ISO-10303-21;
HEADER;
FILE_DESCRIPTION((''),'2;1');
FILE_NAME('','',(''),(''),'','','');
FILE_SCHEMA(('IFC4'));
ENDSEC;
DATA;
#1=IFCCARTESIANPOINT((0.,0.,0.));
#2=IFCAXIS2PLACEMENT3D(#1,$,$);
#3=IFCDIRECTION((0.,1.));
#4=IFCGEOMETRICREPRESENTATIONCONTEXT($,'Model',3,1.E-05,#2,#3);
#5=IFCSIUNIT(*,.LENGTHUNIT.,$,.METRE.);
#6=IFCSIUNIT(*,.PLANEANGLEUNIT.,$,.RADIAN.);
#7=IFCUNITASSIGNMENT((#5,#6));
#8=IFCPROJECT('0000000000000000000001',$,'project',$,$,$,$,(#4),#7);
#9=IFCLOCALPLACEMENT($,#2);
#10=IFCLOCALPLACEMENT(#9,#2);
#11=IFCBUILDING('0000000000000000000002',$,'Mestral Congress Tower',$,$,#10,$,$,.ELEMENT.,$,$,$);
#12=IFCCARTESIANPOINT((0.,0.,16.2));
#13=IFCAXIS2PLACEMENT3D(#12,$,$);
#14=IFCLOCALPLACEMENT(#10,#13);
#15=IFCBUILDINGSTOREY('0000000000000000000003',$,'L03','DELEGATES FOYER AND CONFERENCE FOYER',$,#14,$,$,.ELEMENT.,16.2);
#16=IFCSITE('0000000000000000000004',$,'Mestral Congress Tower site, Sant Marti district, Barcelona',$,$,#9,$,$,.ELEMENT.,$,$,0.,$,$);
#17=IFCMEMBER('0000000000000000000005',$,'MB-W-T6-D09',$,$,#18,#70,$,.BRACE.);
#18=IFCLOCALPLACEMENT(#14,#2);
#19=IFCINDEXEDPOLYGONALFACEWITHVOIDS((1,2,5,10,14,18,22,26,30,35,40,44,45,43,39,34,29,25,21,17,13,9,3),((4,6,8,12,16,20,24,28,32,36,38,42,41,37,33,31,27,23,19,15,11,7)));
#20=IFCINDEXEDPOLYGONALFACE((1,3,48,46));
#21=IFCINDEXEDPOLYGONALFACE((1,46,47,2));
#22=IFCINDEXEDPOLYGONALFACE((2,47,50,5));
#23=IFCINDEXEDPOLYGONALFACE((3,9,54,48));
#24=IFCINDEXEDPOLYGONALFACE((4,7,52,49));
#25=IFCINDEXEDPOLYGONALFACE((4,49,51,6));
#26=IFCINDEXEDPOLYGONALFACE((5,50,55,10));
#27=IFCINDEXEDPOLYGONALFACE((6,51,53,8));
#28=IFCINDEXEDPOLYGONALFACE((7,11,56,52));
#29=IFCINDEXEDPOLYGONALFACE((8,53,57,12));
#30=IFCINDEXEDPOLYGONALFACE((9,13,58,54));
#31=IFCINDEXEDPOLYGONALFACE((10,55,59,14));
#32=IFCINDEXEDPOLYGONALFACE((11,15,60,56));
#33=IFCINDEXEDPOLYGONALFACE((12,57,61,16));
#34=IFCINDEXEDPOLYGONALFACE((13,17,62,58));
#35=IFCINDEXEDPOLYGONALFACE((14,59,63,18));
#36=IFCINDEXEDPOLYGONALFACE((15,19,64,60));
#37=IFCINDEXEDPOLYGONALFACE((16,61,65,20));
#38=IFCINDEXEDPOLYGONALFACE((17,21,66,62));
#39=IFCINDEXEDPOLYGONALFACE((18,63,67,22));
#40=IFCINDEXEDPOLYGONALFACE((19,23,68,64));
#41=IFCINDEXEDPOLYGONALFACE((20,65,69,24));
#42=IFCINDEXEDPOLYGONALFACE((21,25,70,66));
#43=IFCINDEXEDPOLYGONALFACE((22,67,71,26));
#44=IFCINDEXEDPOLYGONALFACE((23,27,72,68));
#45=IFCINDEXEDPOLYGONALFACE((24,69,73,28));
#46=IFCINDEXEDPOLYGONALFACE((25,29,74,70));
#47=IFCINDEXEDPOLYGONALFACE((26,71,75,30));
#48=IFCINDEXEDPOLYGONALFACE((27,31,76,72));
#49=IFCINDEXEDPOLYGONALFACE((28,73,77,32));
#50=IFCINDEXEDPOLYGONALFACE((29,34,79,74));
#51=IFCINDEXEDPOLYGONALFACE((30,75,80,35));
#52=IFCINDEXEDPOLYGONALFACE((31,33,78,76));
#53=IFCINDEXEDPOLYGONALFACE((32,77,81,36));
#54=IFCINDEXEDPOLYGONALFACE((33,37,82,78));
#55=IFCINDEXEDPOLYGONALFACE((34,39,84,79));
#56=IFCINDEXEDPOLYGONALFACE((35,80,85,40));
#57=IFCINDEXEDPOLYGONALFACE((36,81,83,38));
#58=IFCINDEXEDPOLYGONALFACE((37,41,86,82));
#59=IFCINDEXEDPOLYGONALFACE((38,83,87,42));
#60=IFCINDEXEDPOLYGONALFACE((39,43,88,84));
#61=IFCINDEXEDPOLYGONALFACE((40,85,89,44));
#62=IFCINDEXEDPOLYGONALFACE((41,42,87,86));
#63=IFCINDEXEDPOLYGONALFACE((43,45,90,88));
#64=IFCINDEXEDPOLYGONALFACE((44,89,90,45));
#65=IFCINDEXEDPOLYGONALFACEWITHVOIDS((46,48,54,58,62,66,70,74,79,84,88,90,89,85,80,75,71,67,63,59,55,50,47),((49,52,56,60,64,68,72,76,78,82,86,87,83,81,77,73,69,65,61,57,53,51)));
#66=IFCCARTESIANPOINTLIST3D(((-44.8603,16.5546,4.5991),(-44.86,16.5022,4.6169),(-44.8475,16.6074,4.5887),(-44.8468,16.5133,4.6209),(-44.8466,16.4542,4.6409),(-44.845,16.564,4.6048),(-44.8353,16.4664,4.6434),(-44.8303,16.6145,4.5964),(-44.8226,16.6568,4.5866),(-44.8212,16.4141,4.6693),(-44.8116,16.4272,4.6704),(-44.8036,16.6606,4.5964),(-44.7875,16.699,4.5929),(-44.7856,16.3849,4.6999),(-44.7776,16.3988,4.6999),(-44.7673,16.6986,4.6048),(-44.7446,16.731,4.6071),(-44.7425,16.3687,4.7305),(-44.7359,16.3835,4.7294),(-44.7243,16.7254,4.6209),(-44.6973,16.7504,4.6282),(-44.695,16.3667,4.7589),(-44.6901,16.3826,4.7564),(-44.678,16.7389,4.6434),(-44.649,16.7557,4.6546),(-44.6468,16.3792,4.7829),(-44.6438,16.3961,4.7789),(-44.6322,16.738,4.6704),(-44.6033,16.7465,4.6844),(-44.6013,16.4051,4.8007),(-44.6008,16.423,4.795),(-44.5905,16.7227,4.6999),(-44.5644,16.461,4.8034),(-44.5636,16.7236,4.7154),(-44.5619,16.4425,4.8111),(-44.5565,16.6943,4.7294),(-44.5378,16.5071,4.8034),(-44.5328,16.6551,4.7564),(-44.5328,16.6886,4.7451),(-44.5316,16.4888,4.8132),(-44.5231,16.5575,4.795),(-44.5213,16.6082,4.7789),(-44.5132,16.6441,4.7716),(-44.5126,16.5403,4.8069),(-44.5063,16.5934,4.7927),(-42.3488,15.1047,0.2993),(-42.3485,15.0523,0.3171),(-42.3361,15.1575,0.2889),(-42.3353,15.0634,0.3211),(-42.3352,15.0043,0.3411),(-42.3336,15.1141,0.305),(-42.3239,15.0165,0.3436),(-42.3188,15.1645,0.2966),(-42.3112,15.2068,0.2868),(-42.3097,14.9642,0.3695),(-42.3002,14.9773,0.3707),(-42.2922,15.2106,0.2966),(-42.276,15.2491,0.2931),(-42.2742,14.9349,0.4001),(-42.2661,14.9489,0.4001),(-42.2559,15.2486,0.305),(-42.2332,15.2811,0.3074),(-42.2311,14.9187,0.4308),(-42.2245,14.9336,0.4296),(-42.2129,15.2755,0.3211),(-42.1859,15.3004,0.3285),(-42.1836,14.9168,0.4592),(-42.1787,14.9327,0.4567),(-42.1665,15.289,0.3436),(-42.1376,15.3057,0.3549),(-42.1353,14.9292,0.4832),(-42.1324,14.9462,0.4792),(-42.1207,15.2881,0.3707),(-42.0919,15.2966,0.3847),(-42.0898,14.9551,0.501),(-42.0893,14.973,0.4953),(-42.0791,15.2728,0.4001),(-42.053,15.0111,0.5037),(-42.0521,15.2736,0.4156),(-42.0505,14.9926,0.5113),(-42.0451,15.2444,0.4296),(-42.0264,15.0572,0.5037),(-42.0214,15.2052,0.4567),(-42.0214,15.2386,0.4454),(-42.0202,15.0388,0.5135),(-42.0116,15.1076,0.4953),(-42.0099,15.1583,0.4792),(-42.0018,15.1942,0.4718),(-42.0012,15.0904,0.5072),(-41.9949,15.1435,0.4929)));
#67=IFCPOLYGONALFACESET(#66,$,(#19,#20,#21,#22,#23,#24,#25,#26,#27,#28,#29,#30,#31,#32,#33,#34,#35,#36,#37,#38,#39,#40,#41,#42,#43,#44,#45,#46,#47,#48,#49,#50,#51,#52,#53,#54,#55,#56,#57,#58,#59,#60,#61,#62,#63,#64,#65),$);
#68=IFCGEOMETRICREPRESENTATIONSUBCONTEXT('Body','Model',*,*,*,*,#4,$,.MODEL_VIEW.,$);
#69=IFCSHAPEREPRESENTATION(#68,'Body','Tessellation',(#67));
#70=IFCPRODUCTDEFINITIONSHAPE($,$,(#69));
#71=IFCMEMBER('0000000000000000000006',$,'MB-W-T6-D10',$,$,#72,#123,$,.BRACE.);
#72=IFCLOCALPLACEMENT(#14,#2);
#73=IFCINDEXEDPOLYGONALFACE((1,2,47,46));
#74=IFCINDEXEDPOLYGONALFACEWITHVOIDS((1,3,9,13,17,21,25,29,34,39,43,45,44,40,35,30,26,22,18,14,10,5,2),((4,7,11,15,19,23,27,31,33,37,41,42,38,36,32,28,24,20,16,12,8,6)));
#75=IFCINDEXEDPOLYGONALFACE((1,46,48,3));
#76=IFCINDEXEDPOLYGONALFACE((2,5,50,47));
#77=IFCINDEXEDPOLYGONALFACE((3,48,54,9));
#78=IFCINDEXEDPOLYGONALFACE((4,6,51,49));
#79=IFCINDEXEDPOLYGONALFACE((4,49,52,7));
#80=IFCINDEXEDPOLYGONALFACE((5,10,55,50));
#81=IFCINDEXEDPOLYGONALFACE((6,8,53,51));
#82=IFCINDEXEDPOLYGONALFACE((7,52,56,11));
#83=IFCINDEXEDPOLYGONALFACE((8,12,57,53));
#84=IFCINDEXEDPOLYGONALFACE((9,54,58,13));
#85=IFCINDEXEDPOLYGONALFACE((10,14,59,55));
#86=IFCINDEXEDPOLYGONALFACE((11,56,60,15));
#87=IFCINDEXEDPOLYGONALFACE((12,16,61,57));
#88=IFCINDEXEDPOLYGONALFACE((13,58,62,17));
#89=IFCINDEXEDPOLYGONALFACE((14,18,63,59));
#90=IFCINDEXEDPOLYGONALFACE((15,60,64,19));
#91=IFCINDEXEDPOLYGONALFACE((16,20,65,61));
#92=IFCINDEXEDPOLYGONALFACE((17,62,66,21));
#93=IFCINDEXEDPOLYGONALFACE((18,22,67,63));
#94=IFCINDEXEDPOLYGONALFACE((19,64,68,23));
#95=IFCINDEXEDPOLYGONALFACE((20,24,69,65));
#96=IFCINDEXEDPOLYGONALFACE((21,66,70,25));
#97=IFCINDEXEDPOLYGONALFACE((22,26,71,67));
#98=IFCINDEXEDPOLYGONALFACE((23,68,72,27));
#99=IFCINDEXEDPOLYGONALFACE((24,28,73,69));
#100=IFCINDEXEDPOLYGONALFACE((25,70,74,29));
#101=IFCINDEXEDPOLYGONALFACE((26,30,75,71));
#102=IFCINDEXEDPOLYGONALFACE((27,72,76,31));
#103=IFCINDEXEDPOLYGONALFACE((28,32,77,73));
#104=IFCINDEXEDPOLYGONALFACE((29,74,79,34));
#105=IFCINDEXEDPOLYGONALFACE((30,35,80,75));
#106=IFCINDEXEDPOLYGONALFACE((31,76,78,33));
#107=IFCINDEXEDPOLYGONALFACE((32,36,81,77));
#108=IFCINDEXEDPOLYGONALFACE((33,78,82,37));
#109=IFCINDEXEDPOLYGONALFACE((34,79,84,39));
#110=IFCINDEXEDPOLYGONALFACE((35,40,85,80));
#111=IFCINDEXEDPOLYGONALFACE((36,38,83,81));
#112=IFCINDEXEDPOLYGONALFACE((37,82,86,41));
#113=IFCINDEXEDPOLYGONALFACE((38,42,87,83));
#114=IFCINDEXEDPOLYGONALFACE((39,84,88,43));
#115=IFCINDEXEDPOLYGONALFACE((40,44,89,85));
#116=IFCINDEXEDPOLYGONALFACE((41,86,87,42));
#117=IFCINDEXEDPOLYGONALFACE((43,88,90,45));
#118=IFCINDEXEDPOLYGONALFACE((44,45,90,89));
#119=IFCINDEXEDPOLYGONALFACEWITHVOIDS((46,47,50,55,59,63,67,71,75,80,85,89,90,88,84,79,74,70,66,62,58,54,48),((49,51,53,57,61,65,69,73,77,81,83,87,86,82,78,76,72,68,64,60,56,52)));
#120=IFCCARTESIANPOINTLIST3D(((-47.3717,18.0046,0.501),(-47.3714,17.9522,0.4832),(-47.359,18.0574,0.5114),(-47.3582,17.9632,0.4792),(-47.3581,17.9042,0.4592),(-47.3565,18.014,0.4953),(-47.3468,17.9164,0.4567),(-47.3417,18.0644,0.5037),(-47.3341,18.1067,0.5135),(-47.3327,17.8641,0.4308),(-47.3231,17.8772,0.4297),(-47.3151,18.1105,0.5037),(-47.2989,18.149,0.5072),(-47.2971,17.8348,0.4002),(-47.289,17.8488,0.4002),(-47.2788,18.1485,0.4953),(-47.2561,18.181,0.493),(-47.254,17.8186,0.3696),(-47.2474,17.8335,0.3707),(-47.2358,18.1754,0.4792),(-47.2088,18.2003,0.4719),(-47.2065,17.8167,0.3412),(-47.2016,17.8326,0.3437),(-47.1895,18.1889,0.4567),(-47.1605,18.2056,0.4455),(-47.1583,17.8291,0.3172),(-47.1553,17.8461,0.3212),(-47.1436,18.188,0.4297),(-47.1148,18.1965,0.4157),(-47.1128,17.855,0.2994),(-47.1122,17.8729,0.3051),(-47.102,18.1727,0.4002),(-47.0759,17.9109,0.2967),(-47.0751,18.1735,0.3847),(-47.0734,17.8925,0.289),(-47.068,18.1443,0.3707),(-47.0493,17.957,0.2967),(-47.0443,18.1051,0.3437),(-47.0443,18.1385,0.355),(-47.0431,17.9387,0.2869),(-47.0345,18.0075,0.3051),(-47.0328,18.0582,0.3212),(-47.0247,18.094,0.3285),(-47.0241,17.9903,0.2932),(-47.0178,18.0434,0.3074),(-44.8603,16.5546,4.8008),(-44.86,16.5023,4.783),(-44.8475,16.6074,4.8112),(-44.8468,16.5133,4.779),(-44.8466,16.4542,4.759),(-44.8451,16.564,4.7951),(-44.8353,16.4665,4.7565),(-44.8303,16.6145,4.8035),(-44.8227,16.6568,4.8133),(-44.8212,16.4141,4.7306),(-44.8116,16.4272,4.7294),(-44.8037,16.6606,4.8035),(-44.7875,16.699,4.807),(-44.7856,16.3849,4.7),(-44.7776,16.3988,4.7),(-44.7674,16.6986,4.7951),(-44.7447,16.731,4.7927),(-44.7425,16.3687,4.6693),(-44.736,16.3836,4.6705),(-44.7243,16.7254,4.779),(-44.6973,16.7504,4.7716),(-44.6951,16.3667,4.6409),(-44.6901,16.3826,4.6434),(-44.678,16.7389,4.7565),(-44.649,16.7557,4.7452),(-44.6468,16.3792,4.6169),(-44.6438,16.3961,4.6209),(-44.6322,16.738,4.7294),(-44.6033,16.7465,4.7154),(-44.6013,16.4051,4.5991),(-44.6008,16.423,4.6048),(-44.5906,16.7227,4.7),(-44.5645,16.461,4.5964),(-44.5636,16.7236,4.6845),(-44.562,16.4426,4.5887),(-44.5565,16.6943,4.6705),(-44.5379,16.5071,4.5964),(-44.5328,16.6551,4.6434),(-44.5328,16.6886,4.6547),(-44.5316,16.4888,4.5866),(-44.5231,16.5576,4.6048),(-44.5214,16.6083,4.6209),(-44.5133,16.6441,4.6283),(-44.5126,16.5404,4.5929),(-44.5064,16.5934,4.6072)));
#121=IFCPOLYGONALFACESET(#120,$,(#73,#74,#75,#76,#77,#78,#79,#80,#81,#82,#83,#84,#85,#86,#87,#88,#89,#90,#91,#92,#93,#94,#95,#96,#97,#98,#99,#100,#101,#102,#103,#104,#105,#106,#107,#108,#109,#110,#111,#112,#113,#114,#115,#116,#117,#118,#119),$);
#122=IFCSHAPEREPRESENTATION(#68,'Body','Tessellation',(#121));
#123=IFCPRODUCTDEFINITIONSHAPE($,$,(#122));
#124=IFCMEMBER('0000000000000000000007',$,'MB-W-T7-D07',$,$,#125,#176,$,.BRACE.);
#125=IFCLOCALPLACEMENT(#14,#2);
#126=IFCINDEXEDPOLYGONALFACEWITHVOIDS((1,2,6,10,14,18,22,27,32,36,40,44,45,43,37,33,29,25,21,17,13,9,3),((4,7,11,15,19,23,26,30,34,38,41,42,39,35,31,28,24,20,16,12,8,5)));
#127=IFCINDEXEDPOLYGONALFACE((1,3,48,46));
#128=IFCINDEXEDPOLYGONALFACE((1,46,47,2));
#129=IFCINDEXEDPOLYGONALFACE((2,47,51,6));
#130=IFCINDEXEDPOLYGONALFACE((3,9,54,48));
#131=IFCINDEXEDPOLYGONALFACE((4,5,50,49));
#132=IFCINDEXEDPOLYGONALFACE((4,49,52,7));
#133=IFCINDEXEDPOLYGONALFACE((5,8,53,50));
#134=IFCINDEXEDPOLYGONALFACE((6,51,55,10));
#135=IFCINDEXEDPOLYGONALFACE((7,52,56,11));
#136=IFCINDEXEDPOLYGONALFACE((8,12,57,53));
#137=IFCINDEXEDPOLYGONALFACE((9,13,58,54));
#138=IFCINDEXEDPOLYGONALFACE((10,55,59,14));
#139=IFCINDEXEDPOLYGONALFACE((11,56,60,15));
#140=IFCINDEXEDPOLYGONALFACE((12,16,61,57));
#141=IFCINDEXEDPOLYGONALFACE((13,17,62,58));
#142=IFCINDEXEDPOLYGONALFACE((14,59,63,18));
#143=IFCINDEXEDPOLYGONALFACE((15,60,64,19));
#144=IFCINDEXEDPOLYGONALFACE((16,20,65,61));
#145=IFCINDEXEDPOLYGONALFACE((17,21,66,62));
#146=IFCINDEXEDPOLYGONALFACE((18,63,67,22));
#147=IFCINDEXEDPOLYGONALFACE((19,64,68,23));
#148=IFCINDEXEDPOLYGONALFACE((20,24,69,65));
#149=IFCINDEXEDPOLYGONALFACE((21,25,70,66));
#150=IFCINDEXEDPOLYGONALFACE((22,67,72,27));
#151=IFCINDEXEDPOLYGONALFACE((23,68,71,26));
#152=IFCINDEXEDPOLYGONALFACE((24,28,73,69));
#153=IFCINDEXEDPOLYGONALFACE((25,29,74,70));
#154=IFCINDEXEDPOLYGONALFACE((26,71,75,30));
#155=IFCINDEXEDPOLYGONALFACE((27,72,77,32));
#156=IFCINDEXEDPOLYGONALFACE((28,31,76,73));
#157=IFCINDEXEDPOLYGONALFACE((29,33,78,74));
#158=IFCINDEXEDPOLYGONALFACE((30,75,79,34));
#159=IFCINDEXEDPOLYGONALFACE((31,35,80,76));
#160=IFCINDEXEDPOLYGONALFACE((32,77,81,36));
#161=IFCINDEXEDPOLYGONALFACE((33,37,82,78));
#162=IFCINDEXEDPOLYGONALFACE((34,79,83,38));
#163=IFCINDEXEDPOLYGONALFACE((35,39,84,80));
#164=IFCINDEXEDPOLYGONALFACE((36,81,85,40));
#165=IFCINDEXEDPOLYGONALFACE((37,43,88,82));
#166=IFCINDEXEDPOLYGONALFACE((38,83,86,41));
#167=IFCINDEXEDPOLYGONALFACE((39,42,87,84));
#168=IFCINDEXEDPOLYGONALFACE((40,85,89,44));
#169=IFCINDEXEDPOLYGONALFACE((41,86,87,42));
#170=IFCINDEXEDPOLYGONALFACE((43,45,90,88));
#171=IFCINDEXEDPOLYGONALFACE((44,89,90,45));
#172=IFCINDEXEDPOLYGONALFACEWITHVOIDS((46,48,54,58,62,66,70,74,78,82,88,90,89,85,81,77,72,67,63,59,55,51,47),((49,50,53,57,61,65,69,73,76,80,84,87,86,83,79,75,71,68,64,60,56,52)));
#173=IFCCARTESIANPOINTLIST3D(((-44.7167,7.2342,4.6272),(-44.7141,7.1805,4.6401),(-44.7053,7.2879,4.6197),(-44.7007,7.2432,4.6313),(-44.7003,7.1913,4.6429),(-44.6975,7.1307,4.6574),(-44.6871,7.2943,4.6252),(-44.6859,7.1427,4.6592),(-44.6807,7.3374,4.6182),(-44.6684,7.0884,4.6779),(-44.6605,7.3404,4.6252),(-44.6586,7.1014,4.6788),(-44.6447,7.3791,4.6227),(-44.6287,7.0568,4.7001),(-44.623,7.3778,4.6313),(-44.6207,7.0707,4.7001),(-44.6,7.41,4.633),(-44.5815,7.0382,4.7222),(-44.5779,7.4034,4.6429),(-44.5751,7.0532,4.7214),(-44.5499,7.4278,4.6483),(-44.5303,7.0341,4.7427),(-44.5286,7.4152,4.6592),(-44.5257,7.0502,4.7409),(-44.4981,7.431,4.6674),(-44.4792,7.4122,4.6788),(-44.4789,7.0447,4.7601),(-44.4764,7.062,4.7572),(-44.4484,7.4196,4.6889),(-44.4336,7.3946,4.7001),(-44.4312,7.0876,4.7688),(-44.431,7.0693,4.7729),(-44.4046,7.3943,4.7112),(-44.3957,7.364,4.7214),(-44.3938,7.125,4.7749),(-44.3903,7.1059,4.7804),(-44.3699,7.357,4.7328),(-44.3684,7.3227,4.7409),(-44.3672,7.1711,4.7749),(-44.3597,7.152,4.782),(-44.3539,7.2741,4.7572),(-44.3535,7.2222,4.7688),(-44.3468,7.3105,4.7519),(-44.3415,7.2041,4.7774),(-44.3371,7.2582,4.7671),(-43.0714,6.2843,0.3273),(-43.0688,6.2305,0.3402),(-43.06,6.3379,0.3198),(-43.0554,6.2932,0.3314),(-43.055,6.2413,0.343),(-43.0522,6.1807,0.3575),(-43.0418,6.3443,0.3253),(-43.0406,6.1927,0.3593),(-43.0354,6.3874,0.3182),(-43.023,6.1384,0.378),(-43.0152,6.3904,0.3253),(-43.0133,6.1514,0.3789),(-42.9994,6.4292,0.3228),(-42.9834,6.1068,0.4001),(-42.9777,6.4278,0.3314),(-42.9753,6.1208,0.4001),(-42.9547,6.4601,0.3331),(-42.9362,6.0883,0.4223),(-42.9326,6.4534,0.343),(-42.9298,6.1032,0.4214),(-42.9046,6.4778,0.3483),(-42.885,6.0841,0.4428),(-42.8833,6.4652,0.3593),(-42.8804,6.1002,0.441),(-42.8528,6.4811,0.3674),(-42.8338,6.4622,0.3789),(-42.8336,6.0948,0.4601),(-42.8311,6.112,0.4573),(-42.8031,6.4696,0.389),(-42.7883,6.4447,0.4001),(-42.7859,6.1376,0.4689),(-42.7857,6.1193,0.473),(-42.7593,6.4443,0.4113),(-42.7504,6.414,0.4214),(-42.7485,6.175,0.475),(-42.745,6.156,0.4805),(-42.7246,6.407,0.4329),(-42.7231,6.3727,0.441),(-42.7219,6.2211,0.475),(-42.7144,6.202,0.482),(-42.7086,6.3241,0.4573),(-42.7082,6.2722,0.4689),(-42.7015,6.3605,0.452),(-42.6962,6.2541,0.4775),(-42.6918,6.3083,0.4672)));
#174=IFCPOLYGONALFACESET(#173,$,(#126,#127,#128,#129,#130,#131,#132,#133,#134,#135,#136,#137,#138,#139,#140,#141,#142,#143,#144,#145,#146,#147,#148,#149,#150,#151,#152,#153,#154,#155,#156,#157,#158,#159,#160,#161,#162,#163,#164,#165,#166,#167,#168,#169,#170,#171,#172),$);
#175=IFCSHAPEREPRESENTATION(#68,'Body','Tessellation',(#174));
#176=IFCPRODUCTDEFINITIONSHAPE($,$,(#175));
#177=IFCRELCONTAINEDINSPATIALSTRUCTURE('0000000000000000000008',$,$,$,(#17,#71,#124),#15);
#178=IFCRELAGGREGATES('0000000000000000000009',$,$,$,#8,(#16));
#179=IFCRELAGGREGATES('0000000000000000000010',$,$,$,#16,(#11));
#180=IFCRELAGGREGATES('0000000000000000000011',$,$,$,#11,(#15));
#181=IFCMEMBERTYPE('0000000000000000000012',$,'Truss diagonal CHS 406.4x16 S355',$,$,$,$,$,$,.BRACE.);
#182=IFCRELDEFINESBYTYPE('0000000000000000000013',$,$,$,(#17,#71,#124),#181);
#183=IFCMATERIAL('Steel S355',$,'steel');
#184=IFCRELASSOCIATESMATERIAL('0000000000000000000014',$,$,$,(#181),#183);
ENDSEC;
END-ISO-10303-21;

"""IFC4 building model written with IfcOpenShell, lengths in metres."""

from ifc_helpers import new_model, si_unit, direction, frame, origin, origin_2d, place, context, subcontext, project, spatial, hollow_circle, extrude, material, material_profile, profile_set, type_object, element, save


model = new_model("IFC4")

# Units and contexts
model_context = context("Model", 3, precision=1e-05, world=origin(), true_north=direction((0.0, 1.0)))
body_context = subcontext(model_context, "Body", "Model", "MODEL_VIEW")
ifc_project = project(units=[si_unit("LENGTHUNIT", "METRE"), si_unit("PLANEANGLEUNIT", "RADIAN")], contexts=[model_context])

# Site, building, storey
site_placement = place(None, origin())
site = spatial("IfcSite", under=ifc_project, at=site_placement, Name="Mestral Congress Tower site, Sant Marti district, Barcelona", CompositionType="ELEMENT", RefElevation=0.0)
building_placement = place(site_placement, origin())
building = spatial("IfcBuilding", under=site, at=building_placement, Name="Mestral Congress Tower", CompositionType="ELEMENT")
storey_placement = place(building_placement, frame((0.0, 0.0, 16.2)))
storey = spatial("IfcBuildingStorey", under=building, at=storey_placement, Name="L03", Description="DELEGATES FOYER AND CONFERENCE FOYER", CompositionType="ELEMENT", Elevation=16.2)

# Members
ifc_material = material(Name="Steel S355", Category="steel")
ifc_material_profile_1 = material_profile(ifc_material, hollow_circle(Radius=0.2031, WallThickness=0.0161, at=origin_2d()), Name="CHS 406.4x16")
ifc_profile_set_1 = profile_set([ifc_material_profile_1], Name="Steel S355")
member_type_1 = type_object("IfcMemberType", Name="Truss diagonal CHS 406.4x16 S355", PredefinedType="BRACE", material=ifc_profile_set_1)
for number, where, z_axis, x_axis, name in (
    (1, (-42.1726, 15.1108, 0.4001), (-0.484247, 0.279571, 0.829062), (-0.499987, -0.866033, 0.0), "MB-W-T6-D09"),
    (2, (-44.6841, 16.5608, 4.7), (-0.484247, 0.279571, -0.829062), (-0.499987, -0.866033, 0.0), "MB-W-T6-D10"),
):
    element("IfcMember", number, at=place(storey_placement, frame(where, z_axis=z_axis, x_axis=x_axis)), inside=storey, type_object=member_type_1, Name=name, PredefinedType="BRACE", context=body_context, shape_type="SweptSolid", body=[
        extrude(hollow_circle(Radius=0.2031, WallThickness=0.0161, at=origin_2d()), origin(), (0.0, 0.0, 1.0), 5.1863),
    ])
for number, where, z_axis, x_axis, name in (
    (3, (-42.8818, 6.2827, 0.4001), (-0.349996, 0.202082, 0.914694), (-0.500023, -0.866012, 0.0), "MB-W-T7-D07"),
):
    element("IfcMember", number, at=place(storey_placement, frame(where, z_axis=z_axis, x_axis=x_axis)), inside=storey, type_object=member_type_1, Name=name, PredefinedType="BRACE", context=body_context, shape_type="SweptSolid", body=[
        extrude(hollow_circle(Radius=0.2031, WallThickness=0.0161, at=origin_2d()), origin(), (0.0, 0.0, 1.0), 4.7009),
    ])

save(model, "model.ifc")
